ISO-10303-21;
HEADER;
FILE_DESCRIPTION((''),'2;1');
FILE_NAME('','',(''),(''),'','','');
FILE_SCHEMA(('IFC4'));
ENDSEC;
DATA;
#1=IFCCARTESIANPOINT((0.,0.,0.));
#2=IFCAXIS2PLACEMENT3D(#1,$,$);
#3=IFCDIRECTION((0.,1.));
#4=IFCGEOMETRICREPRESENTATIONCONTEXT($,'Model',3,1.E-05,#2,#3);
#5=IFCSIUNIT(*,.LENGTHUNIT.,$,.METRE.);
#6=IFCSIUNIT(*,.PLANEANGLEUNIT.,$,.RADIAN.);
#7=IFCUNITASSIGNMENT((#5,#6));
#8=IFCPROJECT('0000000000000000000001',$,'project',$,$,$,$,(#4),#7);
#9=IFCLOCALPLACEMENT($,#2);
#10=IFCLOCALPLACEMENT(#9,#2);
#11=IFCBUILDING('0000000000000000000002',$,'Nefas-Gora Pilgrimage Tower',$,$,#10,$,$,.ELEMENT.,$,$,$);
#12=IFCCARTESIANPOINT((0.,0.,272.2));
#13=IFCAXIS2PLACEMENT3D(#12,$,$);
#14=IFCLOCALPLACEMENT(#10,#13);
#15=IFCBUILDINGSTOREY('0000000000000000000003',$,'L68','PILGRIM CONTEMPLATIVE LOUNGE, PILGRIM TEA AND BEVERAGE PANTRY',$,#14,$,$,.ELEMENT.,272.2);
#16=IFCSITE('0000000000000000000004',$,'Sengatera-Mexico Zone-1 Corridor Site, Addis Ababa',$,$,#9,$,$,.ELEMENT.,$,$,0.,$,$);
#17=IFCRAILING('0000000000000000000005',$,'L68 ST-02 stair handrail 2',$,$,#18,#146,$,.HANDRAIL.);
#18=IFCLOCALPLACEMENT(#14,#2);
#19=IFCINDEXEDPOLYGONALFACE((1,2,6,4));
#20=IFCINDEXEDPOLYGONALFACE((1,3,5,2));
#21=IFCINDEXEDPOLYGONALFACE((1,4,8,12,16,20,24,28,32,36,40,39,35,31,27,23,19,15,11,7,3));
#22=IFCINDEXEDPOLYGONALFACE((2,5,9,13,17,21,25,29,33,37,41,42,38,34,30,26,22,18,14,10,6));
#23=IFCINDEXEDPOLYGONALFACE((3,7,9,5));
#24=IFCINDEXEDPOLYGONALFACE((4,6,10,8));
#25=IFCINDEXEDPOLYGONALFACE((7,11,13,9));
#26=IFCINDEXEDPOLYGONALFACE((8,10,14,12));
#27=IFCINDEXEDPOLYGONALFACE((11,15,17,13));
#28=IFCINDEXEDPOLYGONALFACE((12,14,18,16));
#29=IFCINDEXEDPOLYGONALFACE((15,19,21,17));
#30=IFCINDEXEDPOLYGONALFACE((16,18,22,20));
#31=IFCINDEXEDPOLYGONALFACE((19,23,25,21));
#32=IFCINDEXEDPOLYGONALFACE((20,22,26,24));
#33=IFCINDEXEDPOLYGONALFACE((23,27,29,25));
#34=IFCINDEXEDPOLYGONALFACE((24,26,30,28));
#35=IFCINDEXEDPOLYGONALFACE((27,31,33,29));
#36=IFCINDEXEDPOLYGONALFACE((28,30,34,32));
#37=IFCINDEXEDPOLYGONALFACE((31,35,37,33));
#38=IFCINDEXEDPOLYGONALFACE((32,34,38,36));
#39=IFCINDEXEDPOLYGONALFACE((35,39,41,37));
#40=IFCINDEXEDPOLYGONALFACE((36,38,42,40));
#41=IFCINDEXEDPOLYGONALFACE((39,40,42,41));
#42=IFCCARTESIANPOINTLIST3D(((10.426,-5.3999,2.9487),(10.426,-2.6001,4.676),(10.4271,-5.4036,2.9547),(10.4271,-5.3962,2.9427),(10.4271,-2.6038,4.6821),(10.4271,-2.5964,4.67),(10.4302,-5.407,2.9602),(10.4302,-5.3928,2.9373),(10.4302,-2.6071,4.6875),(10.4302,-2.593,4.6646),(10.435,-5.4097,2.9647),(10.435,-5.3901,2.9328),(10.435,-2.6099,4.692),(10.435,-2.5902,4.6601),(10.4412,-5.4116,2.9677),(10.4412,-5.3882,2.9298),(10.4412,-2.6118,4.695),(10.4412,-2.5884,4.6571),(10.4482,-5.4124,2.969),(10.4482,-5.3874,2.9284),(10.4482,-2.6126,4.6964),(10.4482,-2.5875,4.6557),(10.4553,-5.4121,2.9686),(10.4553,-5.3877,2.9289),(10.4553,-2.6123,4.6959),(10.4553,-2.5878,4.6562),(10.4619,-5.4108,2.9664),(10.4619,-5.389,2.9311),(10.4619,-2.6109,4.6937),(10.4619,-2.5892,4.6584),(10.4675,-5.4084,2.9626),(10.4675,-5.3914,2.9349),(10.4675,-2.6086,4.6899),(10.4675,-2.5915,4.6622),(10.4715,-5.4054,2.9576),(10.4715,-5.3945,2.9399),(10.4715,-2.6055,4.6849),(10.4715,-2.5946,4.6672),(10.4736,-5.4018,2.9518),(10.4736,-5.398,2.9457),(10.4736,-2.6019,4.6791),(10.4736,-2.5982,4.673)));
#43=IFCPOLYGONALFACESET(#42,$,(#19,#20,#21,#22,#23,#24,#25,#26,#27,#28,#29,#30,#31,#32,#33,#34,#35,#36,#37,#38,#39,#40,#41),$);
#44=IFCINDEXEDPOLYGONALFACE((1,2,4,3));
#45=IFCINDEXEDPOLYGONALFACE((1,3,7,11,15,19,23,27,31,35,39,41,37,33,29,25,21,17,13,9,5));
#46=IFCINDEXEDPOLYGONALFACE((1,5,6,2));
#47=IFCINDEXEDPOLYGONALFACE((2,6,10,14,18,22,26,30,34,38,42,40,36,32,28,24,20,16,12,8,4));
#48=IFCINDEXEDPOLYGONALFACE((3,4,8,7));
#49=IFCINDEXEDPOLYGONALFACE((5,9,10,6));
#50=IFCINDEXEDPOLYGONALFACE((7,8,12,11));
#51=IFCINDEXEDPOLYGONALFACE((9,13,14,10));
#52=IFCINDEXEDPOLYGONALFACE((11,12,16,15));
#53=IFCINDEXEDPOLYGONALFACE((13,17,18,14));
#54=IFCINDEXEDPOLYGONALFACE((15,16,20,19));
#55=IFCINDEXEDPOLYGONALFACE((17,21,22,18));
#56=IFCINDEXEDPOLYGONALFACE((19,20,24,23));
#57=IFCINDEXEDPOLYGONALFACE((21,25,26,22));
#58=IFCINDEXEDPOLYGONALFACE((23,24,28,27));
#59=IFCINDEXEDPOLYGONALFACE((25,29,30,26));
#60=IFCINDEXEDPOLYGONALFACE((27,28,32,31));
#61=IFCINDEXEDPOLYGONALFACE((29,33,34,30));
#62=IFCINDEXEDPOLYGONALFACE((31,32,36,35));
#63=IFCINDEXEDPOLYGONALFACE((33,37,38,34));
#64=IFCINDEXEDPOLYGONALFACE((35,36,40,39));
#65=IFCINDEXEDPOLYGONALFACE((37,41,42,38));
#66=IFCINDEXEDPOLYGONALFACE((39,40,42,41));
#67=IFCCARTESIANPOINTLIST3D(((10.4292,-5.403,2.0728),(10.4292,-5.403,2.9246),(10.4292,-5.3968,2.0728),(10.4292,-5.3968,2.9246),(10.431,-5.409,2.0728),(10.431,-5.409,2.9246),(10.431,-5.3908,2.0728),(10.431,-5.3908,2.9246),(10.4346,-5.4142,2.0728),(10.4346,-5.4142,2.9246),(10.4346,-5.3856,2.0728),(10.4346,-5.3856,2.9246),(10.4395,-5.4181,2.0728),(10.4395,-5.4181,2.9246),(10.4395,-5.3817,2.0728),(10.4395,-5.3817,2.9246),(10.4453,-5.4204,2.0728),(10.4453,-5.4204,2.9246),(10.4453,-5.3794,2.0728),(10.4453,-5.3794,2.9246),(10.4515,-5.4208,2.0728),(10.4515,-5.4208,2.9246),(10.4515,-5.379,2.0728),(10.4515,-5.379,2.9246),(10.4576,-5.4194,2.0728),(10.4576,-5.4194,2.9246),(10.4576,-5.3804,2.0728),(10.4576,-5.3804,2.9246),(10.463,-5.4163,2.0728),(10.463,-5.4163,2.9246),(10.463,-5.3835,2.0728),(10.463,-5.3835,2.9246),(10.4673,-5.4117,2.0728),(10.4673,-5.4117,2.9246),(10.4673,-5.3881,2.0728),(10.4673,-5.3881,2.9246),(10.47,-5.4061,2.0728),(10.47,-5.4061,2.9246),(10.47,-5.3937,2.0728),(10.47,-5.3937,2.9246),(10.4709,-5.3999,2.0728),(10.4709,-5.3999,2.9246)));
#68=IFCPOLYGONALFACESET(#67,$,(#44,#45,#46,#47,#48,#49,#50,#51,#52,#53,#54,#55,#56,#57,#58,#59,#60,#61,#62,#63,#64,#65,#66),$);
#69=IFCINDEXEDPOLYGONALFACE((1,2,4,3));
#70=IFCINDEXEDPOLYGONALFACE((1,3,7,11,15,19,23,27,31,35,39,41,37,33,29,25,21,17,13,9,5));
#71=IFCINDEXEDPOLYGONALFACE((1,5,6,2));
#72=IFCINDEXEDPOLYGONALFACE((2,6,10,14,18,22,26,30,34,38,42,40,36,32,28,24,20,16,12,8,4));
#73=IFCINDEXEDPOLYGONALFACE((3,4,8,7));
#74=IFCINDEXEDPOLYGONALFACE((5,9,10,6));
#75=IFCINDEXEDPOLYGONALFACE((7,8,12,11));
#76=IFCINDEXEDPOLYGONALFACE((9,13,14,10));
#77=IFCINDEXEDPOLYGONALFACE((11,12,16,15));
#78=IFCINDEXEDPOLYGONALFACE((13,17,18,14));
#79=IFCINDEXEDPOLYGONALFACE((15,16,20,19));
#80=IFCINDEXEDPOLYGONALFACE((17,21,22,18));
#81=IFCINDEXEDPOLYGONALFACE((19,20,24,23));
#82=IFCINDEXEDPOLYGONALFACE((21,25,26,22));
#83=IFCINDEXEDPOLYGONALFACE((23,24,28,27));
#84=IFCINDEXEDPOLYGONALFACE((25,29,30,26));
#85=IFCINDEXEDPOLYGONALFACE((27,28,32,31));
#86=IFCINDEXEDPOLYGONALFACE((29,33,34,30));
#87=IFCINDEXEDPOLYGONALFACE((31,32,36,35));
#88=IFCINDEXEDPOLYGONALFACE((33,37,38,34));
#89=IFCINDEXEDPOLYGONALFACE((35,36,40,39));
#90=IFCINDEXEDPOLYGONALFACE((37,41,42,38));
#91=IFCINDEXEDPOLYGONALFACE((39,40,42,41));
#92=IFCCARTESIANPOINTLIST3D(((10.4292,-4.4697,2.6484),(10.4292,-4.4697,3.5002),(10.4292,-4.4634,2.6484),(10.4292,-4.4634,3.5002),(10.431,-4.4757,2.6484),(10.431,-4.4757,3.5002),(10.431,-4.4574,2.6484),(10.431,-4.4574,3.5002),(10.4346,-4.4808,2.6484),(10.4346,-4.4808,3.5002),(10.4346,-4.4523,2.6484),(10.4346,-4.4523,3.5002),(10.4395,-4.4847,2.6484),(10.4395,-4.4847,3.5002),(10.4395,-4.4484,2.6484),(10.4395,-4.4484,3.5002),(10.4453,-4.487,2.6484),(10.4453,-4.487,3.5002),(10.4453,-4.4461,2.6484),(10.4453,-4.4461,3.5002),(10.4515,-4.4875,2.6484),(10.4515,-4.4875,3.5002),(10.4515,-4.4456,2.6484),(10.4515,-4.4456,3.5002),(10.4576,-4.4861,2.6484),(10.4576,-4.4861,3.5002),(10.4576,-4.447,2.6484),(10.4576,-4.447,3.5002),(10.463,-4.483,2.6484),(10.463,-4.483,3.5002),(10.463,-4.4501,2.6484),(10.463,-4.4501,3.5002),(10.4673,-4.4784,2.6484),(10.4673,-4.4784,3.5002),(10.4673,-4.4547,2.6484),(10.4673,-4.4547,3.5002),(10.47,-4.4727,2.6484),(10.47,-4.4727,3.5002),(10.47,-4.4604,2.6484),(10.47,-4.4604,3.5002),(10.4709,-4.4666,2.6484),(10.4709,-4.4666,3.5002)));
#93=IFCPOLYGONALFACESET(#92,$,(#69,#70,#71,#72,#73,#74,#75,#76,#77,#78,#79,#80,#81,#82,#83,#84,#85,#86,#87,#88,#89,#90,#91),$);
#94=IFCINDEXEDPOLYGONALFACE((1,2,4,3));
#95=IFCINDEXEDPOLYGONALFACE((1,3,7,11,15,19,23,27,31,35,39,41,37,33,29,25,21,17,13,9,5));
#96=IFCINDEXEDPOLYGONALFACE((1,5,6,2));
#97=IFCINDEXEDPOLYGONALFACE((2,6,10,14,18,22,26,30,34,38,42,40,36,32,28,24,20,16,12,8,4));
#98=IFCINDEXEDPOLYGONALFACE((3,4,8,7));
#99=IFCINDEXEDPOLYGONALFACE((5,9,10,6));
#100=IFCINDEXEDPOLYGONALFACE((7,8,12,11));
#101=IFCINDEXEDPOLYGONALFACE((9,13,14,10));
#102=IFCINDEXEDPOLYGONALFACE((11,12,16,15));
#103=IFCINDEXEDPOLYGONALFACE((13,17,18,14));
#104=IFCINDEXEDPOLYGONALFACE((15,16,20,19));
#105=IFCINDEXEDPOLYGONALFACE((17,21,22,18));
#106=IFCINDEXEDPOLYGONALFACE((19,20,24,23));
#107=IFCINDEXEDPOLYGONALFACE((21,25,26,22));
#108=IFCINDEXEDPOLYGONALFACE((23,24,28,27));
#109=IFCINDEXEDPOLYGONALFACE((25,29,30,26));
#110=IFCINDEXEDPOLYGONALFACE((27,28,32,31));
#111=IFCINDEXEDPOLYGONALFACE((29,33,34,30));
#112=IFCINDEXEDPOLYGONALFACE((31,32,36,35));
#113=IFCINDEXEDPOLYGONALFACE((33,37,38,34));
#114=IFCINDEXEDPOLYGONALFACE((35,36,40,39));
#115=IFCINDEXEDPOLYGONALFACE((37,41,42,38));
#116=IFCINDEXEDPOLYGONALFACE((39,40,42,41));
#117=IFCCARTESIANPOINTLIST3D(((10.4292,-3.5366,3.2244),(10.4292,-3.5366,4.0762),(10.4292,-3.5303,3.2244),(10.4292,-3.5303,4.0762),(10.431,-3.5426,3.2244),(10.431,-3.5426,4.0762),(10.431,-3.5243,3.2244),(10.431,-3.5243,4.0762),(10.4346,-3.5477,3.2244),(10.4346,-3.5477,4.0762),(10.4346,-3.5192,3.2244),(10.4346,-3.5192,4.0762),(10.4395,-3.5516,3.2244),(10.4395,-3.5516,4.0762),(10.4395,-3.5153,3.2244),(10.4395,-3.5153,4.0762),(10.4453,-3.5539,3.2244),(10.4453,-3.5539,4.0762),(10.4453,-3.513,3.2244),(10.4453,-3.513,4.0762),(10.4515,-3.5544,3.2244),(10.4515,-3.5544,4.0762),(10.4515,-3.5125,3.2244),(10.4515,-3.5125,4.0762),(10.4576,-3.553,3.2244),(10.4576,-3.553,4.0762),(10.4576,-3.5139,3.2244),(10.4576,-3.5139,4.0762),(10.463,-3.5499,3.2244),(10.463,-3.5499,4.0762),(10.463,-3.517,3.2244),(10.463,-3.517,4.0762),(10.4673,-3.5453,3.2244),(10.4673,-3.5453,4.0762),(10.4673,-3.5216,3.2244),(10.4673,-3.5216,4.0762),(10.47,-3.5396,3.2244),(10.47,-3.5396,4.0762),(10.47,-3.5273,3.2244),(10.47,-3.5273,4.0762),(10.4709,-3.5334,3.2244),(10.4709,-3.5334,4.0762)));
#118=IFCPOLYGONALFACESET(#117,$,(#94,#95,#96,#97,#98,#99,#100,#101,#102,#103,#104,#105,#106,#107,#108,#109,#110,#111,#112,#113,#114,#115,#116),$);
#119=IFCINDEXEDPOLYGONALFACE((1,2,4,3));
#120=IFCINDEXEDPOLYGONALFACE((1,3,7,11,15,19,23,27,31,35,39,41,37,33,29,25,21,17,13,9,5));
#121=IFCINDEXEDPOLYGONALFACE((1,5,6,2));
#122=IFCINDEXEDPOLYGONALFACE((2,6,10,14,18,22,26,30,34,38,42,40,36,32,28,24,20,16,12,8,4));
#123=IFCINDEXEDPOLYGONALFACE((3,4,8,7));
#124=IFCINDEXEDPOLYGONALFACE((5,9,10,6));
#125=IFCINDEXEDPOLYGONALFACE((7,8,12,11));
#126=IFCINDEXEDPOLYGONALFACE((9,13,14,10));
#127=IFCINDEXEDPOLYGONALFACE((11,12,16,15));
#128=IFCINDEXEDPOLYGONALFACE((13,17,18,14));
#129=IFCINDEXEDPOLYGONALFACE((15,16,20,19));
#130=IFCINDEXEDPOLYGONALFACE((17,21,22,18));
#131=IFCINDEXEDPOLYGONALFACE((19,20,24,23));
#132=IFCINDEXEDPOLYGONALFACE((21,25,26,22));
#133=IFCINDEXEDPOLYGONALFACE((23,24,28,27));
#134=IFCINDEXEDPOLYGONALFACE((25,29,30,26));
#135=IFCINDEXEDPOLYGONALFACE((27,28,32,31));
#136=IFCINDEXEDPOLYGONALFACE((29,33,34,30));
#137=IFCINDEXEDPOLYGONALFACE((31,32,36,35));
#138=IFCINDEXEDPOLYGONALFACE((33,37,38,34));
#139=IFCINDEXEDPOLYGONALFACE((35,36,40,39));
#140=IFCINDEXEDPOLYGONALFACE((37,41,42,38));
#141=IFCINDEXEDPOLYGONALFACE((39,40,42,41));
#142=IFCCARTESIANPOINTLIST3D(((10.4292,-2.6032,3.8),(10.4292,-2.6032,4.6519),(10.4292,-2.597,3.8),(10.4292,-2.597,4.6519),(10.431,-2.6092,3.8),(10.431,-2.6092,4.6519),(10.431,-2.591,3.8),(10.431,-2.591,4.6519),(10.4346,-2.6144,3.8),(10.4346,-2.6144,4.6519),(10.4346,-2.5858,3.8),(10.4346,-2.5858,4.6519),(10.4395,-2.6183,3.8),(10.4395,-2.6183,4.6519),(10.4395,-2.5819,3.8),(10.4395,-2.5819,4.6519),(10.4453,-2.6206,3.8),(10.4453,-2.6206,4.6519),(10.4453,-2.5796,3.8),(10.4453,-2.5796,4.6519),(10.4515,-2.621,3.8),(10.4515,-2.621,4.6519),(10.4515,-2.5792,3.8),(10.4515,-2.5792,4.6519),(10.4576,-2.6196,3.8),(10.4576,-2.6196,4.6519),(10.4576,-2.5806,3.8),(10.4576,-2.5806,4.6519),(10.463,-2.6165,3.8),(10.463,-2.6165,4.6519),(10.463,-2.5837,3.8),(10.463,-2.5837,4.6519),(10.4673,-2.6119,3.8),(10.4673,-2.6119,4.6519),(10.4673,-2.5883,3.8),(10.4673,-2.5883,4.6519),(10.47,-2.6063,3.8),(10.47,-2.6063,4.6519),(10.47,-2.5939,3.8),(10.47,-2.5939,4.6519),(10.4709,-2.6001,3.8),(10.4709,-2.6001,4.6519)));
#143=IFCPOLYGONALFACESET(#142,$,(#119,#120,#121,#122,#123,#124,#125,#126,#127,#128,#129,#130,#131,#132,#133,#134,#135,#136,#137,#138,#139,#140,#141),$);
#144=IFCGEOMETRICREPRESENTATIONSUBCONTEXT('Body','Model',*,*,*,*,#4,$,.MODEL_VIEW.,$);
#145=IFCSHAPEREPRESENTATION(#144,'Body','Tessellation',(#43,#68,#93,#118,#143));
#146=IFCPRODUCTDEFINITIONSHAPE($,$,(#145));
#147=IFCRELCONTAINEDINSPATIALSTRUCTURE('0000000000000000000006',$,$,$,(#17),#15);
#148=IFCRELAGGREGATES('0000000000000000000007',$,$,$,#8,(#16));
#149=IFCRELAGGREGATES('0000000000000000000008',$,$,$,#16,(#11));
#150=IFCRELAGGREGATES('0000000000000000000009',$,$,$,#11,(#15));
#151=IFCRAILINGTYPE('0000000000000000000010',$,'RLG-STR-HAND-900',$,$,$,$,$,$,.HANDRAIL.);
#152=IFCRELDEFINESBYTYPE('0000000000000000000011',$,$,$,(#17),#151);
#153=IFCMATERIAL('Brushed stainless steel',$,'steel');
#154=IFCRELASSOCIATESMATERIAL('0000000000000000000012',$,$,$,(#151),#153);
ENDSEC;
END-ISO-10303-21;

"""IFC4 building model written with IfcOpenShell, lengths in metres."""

from ifc_helpers import new_model, si_unit, direction, frame, origin, origin_2d, place, context, subcontext, project, spatial, circle, extrude, material, type_object, element, save


model = new_model("IFC4")

# Units and contexts
model_context = context("Model", 3, precision=1e-05, world=origin(), true_north=direction((0.0, 1.0)))
body_context = subcontext(model_context, "Body", "Model", "MODEL_VIEW")
ifc_project = project(units=[si_unit("LENGTHUNIT", "METRE"), si_unit("PLANEANGLEUNIT", "RADIAN")], contexts=[model_context])

# Site, building, storey
site_placement = place(None, origin())
site = spatial("IfcSite", under=ifc_project, at=site_placement, Name="Sengatera-Mexico Zone-1 Corridor Site, Addis Ababa", CompositionType="ELEMENT", RefElevation=0.0)
building_placement = place(site_placement, origin())
building = spatial("IfcBuilding", under=site, at=building_placement, Name="Nefas-Gora Pilgrimage Tower", CompositionType="ELEMENT")
storey_placement = place(building_placement, frame((0.0, 0.0, 272.2)))
storey = spatial("IfcBuildingStorey", under=building, at=storey_placement, Name="L68", Description="PILGRIM CONTEMPLATIVE LOUNGE, PILGRIM TEA AND BEVERAGE PANTRY", CompositionType="ELEMENT", Elevation=272.2)

# Railing
ifc_material_1 = material(Name="Brushed stainless steel", Category="steel")
railing_type_1 = type_object("IfcRailingType", Name="RLG-STR-HAND-900", PredefinedType="HANDRAIL", material=ifc_material_1)
railing_1_placement = place(storey_placement, frame((10.45, -5.3999, 2.0728)))
element("IfcRailing", 1, at=railing_1_placement, inside=storey, type_object=railing_type_1, Name="L68 ST-02 stair handrail 2", PredefinedType="HANDRAIL", context=body_context, shape_type="SweptSolid", body=[
    extrude(circle(Radius=0.0239, at=origin_2d()), frame((0.0, 0.0, 0.876), z_axis=(0.0, 0.851069, 0.525054), x_axis=(-1.0, 0.0, 0.0)), (0.0, 0.0, 1.0), 3.2898),
    extrude(circle(Radius=0.021, at=origin_2d()), origin(), (0.0, 0.0, 1.0), 0.8518),
    extrude(circle(Radius=0.021, at=origin_2d()), frame((0.0, 0.9333, 0.5757)), (0.0, 0.0, 1.0), 0.8518),
    extrude(circle(Radius=0.021, at=origin_2d()), frame((0.0, 1.8665, 1.1516)), (0.0, 0.0, 1.0), 0.8518),
    extrude(circle(Radius=0.021, at=origin_2d()), frame((0.0, 2.7998, 1.7273)), (0.0, 0.0, 1.0), 0.8518),
])

save(model, "model.ifc")
